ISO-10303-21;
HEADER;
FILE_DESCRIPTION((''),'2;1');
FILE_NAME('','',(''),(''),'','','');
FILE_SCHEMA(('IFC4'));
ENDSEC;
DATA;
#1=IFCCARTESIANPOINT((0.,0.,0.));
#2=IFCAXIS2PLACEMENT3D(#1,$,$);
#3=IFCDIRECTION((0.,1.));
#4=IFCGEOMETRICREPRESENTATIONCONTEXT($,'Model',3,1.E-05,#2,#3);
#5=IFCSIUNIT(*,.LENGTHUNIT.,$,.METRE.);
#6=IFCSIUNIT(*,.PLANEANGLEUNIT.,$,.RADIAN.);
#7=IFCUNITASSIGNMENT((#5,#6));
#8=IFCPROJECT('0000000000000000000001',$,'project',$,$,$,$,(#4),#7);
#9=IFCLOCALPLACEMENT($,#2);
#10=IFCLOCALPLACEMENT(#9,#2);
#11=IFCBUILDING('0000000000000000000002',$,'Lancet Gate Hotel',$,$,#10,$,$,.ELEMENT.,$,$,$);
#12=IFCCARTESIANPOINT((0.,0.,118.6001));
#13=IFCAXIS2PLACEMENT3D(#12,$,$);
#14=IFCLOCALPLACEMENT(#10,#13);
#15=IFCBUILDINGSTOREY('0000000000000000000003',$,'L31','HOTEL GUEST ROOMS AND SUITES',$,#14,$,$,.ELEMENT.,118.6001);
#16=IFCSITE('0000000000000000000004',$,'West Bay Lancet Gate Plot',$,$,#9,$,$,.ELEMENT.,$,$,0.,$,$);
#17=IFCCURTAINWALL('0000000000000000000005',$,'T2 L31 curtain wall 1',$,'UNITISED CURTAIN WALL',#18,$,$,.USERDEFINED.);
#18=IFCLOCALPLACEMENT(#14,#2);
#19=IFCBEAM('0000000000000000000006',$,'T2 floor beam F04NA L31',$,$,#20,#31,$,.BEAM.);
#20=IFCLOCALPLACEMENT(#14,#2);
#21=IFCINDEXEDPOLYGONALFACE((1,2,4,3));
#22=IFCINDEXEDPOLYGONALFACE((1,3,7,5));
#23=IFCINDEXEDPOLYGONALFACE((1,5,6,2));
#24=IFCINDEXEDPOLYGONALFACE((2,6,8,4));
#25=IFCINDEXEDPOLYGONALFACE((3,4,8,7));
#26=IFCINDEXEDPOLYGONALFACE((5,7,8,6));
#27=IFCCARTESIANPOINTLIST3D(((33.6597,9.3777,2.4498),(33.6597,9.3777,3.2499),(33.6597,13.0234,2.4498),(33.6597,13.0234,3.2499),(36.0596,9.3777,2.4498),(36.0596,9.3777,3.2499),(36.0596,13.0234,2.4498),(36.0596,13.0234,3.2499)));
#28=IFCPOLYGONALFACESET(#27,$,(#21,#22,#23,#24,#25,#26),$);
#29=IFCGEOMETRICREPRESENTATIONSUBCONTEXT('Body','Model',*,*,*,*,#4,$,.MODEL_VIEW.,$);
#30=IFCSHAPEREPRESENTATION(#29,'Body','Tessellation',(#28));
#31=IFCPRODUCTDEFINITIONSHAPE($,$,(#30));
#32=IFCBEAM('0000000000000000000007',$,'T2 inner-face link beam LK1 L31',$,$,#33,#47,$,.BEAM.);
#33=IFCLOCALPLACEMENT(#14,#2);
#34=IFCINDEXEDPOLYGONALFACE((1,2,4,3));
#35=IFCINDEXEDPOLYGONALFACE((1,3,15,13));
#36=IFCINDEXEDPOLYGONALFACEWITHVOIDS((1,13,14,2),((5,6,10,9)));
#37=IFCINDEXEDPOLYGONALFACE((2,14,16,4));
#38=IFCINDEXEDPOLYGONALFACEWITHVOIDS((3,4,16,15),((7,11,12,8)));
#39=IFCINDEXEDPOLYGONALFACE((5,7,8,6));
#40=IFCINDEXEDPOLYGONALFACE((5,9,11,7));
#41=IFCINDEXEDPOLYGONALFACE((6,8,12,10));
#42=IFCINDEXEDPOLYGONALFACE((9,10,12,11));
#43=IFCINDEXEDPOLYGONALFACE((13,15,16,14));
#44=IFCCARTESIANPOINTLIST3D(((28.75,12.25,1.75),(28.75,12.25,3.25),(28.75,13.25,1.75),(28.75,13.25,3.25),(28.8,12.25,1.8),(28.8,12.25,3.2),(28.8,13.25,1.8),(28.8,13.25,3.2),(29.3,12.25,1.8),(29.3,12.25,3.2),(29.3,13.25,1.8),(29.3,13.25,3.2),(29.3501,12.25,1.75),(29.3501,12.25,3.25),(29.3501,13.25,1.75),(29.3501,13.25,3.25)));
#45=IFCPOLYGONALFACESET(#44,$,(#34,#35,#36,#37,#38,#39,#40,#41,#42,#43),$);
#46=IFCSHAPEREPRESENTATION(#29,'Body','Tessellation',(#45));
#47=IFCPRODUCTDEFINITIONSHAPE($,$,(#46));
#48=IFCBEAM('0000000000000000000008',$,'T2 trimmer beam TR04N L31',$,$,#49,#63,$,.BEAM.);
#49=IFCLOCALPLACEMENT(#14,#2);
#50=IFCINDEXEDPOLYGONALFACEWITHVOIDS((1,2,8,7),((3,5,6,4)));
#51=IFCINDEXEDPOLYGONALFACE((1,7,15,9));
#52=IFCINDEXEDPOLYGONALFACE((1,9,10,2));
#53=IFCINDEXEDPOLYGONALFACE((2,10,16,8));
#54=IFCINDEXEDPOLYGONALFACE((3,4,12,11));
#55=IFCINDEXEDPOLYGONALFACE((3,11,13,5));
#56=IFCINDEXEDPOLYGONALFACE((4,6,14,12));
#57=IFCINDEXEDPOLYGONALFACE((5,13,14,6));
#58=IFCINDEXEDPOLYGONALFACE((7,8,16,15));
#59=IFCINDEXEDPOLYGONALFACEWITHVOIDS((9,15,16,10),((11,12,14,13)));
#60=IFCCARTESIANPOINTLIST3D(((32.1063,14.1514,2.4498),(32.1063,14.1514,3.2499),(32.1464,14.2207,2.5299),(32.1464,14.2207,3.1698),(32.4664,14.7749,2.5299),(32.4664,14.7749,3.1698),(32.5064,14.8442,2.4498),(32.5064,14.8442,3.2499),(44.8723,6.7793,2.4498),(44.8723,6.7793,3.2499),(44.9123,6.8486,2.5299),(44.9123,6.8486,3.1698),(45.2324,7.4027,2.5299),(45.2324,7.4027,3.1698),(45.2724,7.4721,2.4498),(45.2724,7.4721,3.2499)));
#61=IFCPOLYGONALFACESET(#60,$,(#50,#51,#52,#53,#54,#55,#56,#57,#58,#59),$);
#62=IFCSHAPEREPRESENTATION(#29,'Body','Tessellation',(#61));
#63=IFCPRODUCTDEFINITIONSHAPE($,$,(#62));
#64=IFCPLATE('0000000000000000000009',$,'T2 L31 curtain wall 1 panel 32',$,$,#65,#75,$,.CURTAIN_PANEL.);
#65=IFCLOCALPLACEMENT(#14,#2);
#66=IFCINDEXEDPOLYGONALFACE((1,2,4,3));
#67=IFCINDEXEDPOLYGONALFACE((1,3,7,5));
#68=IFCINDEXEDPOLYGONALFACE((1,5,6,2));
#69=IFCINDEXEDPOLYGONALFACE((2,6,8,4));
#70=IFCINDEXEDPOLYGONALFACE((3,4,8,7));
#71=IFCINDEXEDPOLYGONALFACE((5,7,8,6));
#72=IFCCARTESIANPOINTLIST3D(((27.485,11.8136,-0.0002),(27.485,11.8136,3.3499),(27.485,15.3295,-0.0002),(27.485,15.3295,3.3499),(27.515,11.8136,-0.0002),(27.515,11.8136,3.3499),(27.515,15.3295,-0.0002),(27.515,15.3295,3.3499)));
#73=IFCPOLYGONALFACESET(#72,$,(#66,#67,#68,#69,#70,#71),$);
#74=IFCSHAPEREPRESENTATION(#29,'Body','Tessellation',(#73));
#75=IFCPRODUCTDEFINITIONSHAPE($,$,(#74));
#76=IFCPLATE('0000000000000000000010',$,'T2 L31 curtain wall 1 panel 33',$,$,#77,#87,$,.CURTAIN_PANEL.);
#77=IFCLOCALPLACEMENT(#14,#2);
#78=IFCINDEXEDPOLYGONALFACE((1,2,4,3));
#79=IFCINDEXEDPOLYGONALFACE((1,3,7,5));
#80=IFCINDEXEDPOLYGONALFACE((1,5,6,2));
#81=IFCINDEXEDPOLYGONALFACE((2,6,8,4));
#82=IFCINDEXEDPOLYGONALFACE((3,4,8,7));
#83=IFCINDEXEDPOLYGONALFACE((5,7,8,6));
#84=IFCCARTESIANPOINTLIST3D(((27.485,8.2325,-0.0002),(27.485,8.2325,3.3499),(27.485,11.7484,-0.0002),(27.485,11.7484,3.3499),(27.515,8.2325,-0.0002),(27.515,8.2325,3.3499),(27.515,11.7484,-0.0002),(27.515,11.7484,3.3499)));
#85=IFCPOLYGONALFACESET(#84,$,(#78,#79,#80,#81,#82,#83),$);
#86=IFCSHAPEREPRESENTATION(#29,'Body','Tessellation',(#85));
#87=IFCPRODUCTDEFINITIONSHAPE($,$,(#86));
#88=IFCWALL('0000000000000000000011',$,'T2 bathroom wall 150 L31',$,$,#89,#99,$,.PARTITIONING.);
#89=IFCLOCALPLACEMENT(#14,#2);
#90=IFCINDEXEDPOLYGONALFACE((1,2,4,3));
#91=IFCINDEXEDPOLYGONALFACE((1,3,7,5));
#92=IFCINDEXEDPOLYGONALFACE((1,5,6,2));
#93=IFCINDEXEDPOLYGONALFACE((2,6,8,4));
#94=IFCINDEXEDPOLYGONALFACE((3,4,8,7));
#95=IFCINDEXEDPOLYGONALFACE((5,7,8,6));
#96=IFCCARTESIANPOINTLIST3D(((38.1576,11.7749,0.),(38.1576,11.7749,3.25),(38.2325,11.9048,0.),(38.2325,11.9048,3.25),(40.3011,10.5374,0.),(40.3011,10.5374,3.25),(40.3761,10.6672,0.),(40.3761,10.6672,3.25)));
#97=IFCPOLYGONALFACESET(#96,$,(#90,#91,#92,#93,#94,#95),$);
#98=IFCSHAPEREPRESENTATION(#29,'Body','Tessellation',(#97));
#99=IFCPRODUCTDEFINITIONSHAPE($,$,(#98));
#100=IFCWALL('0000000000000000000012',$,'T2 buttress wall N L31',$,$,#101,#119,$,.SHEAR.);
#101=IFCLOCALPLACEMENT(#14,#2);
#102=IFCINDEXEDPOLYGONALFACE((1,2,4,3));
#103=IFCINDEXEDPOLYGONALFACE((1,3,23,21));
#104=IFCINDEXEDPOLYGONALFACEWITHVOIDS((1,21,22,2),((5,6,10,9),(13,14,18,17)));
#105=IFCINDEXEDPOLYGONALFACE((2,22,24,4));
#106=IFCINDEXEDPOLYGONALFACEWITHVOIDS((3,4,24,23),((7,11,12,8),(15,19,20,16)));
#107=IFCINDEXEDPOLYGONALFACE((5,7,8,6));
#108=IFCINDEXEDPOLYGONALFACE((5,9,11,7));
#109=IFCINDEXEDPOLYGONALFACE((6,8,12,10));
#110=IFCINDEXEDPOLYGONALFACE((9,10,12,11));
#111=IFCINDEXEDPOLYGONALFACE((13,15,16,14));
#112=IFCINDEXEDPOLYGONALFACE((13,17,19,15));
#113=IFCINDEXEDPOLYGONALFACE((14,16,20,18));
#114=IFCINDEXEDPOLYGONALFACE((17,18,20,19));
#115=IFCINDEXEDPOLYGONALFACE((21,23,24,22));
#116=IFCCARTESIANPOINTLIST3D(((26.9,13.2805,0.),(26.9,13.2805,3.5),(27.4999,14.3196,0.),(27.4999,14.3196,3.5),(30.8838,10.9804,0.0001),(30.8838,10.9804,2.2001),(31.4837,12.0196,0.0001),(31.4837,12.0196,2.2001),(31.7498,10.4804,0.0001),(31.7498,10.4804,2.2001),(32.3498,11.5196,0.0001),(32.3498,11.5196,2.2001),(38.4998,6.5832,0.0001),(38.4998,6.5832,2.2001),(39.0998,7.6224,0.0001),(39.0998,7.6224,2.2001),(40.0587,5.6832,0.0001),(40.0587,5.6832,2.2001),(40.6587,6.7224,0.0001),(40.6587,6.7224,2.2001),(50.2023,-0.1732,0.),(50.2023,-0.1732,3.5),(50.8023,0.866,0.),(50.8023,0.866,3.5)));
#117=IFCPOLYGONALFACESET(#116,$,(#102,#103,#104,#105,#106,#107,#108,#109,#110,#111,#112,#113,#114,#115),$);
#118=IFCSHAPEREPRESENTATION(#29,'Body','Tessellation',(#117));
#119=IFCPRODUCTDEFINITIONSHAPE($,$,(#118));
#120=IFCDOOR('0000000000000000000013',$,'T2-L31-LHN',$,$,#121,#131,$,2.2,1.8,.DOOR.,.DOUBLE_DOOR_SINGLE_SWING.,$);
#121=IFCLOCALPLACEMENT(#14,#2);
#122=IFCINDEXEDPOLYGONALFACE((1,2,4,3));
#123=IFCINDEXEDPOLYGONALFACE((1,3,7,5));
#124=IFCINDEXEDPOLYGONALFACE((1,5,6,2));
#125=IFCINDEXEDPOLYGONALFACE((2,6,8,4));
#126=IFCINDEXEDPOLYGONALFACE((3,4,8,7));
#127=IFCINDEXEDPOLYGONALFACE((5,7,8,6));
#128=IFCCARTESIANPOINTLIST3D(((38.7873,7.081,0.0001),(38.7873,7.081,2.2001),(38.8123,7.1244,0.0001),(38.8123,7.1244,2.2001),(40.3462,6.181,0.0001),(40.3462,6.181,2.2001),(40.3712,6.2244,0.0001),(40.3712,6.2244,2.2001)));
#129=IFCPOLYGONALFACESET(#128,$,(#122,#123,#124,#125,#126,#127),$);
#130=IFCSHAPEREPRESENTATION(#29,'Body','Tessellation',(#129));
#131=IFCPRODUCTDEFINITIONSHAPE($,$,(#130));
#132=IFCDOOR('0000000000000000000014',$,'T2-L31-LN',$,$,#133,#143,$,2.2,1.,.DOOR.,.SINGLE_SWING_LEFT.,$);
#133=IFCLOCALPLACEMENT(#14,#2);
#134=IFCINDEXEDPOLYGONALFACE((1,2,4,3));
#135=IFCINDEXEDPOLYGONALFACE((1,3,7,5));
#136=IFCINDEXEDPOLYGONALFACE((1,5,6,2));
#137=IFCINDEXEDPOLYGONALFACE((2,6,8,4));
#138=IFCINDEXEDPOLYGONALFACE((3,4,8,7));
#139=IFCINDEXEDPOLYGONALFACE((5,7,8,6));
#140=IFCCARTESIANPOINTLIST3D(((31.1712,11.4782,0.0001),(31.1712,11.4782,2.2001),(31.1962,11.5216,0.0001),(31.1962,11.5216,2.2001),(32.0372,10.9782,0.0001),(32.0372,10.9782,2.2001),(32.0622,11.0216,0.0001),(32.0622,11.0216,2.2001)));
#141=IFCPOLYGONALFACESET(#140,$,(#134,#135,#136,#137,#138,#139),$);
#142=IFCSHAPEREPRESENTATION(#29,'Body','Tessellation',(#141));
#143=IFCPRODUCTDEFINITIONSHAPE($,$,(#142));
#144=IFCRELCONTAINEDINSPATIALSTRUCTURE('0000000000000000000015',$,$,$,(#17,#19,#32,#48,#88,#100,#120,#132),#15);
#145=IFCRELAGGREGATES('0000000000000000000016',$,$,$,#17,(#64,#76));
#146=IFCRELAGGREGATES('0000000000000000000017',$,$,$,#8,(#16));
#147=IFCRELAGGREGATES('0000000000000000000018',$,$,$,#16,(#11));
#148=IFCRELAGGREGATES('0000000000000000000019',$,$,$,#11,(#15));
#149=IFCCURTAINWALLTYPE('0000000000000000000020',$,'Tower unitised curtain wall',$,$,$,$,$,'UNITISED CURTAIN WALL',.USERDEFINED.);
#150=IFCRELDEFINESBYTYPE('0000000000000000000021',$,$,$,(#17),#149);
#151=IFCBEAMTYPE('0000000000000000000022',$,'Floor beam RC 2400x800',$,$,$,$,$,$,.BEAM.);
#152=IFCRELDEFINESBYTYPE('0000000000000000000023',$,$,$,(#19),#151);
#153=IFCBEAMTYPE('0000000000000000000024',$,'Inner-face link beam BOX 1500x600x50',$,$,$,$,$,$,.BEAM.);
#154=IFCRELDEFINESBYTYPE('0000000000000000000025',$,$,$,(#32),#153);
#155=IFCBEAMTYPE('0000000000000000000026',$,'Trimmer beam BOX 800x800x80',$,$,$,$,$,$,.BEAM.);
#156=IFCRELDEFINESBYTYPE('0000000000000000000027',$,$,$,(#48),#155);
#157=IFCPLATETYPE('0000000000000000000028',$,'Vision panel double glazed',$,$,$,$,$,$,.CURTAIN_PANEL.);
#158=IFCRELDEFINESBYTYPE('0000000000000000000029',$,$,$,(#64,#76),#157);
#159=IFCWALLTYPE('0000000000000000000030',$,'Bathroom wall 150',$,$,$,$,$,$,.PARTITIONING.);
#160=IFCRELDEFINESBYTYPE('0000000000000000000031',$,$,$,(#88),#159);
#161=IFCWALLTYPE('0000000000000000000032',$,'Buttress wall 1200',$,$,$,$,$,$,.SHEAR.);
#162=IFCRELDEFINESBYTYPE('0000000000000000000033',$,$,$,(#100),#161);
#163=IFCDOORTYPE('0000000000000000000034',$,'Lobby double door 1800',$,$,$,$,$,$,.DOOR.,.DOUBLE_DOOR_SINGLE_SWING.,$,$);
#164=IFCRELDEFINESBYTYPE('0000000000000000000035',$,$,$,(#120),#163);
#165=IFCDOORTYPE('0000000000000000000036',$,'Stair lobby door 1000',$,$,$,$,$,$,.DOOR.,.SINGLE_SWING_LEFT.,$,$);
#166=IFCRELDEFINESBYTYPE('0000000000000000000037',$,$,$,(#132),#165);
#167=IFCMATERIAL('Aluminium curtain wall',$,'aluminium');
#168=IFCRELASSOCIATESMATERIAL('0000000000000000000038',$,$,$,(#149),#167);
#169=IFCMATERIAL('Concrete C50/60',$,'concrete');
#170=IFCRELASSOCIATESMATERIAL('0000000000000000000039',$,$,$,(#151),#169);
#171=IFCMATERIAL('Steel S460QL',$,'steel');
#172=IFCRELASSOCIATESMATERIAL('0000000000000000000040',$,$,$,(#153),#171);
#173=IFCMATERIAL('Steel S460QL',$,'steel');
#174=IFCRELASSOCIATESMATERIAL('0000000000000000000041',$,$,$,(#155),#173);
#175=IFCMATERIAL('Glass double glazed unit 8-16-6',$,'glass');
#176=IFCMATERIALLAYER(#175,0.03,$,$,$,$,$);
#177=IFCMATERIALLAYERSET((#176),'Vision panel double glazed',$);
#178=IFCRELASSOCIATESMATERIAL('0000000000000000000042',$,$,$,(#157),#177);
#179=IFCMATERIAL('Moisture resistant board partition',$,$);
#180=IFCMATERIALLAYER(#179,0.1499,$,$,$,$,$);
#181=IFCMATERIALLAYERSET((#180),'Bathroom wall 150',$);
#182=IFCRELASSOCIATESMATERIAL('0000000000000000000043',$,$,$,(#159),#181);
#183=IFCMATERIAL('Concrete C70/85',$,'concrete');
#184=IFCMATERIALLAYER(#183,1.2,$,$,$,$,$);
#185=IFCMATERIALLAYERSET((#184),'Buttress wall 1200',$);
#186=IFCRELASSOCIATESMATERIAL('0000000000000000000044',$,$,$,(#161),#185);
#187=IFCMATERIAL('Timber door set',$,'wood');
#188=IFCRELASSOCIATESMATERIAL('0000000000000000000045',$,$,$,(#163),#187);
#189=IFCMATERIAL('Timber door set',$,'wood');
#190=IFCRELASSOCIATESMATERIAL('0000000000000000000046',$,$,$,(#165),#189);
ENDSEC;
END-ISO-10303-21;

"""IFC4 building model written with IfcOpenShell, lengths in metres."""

from ifc_helpers import new_model, si_unit, direction, frame, frame_2d, origin, origin_2d, place, context, subcontext, project, spatial, rectangle, hollow_rectangle, extrude, material, layer, layer_set, material_profile, profile_set, type_object, element, fill, aggregate, save


model = new_model("IFC4")

# Units and contexts
model_context = context("Model", 3, precision=1e-05, world=origin(), true_north=direction((0.0, 1.0)))
body_context = subcontext(model_context, "Body", "Model", "MODEL_VIEW")
ifc_project = project(units=[si_unit("LENGTHUNIT", "METRE"), si_unit("PLANEANGLEUNIT", "RADIAN")], contexts=[model_context])

# Site, building, storey
site_placement = place(None, origin())
site = spatial("IfcSite", under=ifc_project, at=site_placement, Name="West Bay Lancet Gate Plot", CompositionType="ELEMENT", RefElevation=0.0)
building_placement = place(site_placement, origin())
building = spatial("IfcBuilding", under=site, at=building_placement, Name="Lancet Gate Hotel", CompositionType="ELEMENT")
storey_placement = place(building_placement, frame((0.0, 0.0, 118.6001)))
storey = spatial("IfcBuildingStorey", under=building, at=storey_placement, Name="L31", Description="HOTEL GUEST ROOMS AND SUITES", CompositionType="ELEMENT", Elevation=118.6001)

# Curtain wall
ifc_material_1 = material(Name="Aluminium curtain wall", Category="aluminium")
curtain_wall_type = type_object("IfcCurtainWallType", Name="Tower unitised curtain wall", ElementType="UNITISED CURTAIN WALL", PredefinedType="USERDEFINED", material=ifc_material_1)
curtain_wall_placement = place(storey_placement, origin())
curtain_wall = element("IfcCurtainWall", 1, at=curtain_wall_placement, inside=storey, type_object=curtain_wall_type, Name="T2 L31 curtain wall 1", ObjectType="UNITISED CURTAIN WALL", PredefinedType="USERDEFINED")

# Beams
ifc_material_2 = material(Name="Concrete C50/60", Category="concrete")
ifc_material_profile_1 = material_profile(ifc_material_2, rectangle(XDim=2.3999, YDim=0.8, at=origin_2d()), Name="RC 2400x800")
ifc_profile_set_1 = profile_set([ifc_material_profile_1], Name="Concrete C50/60")
beam_type_1 = type_object("IfcBeamType", Name="Floor beam RC 2400x800", PredefinedType="BEAM", material=ifc_profile_set_1)
beam_1_placement = place(storey_placement, frame((34.8596, 9.3777, 2.8499), z_axis=(0.0, 1.0, 0.0), x_axis=(-1.0, 0.0, 0.0)))
element("IfcBeam", 2, at=beam_1_placement, inside=storey, type_object=beam_type_1, Name="T2 floor beam F04NA L31", PredefinedType="BEAM", context=body_context, shape_type="SweptSolid", body=[
    extrude(rectangle(XDim=2.3999, YDim=0.8, at=origin_2d()), origin(), (0.0, 0.0, 1.0), 3.6458),
])
ifc_material_3 = material(Name="Steel S460QL", Category="steel")
ifc_material_profile_2 = material_profile(ifc_material_3, hollow_rectangle(XDim=0.6001, YDim=1.5, WallThickness=0.05, at=origin_2d()), Name="BOX 1500x600x50")
ifc_profile_set_2 = profile_set([ifc_material_profile_2], Name="Steel S460QL")
beam_type_2 = type_object("IfcBeamType", Name="Inner-face link beam BOX 1500x600x50", PredefinedType="BEAM", material=ifc_profile_set_2)
beam_2_placement = place(storey_placement, frame((29.05, 12.25, 2.5), z_axis=(0.0, 1.0, 0.0), x_axis=(-1.0, 0.0, 0.0)))
element("IfcBeam", 3, at=beam_2_placement, inside=storey, type_object=beam_type_2, Name="T2 inner-face link beam LK1 L31", PredefinedType="BEAM", context=body_context, shape_type="SweptSolid", body=[
    extrude(hollow_rectangle(XDim=0.6001, YDim=1.5, WallThickness=0.05, at=origin_2d()), origin(), (0.0, 0.0, 1.0), 1.0),
])
ifc_material_4 = material(Name="Steel S460QL", Category="steel")
ifc_material_profile_3 = material_profile(ifc_material_4, hollow_rectangle(XDim=0.8, YDim=0.8, WallThickness=0.0801, at=origin_2d()), Name="BOX 800x800x80")
ifc_profile_set_3 = profile_set([ifc_material_profile_3], Name="Steel S460QL")
beam_type_3 = type_object("IfcBeamType", Name="Trimmer beam BOX 800x800x80", PredefinedType="BEAM", material=ifc_profile_set_3)
beam_3_placement = place(storey_placement, frame((32.3064, 14.4978, 2.8499), z_axis=(0.865976, -0.500086, 0.0), x_axis=(0.500086, 0.865976, 0.0)))
element("IfcBeam", 4, at=beam_3_placement, inside=storey, type_object=beam_type_3, Name="T2 trimmer beam TR04N L31", PredefinedType="BEAM", context=body_context, shape_type="SweptSolid", body=[
    extrude(hollow_rectangle(XDim=0.8, YDim=0.8, WallThickness=0.0801, at=origin_2d()), origin(), (0.0, 0.0, 1.0), 14.7417),
])

# Plates
ifc_material_5 = material(Name="Glass double glazed unit 8-16-6", Category="glass")
ifc_layer_1 = layer(ifc_material_5, 0.03)
ifc_layer_set_1 = layer_set([ifc_layer_1], Name="Vision panel double glazed")
plate_type = type_object("IfcPlateType", Name="Vision panel double glazed", PredefinedType="CURTAIN_PANEL", material=ifc_layer_set_1)
plate_1_placement = place(storey_placement, frame((27.5, 13.5715, -0.0002), z_axis=(0.0, 0.0, 1.0), x_axis=(0.0, -1.0, 0.0)))
plate_1 = element("IfcPlate", 5, at=plate_1_placement, type_object=plate_type, Name="T2 L31 curtain wall 1 panel 32", PredefinedType="CURTAIN_PANEL", context=body_context, shape_type="SweptSolid", body=[
    extrude(rectangle(XDim=3.5159, YDim=0.03, at=origin_2d()), origin(), (0.0, 0.0, 1.0), 3.3501),
])
plate_2_placement = place(storey_placement, frame((27.5, 9.9905, -0.0002), z_axis=(0.0, 0.0, 1.0), x_axis=(0.0, -1.0, 0.0)))
plate_2 = element("IfcPlate", 6, at=plate_2_placement, type_object=plate_type, Name="T2 L31 curtain wall 1 panel 33", PredefinedType="CURTAIN_PANEL", context=body_context, shape_type="SweptSolid", body=[
    extrude(rectangle(XDim=3.5159, YDim=0.03, at=origin_2d()), origin(), (0.0, 0.0, 1.0), 3.3501),
])
aggregate(curtain_wall, [plate_1, plate_2])

# Wall
ifc_material_6 = material(Name="Moisture resistant board partition")
ifc_layer_2 = layer(ifc_material_6, 0.1499)
ifc_layer_set_2 = layer_set([ifc_layer_2], Name="Bathroom wall 150")
wall_type_1 = type_object("IfcWallType", Name="Bathroom wall 150", PredefinedType="PARTITIONING", material=ifc_layer_set_2)
wall_1_placement = place(storey_placement, frame((38.1951, 11.8398, 0.0), z_axis=(0.0, 0.0, 1.0), x_axis=(0.866031, -0.49999, 0.0)))
element("IfcWall", 7, at=wall_1_placement, inside=storey, type_object=wall_type_1, Name="T2 bathroom wall 150 L31", PredefinedType="PARTITIONING", context=body_context, shape_type="SweptSolid", body=[
    extrude(rectangle(XDim=2.4751, YDim=0.1499, at=frame_2d((1.2375, 0.0))), origin(), (0.0, 0.0, 1.0), 3.25),
])

# Wall, openings, doors
ifc_material_7 = material(Name="Concrete C70/85", Category="concrete")
ifc_layer_3 = layer(ifc_material_7, 1.2)
ifc_layer_set_3 = layer_set([ifc_layer_3], Name="Buttress wall 1200")
wall_type_2 = type_object("IfcWallType", Name="Buttress wall 1200", PredefinedType="SHEAR", material=ifc_layer_set_3)
wall_2_placement = place(storey_placement, frame((27.2, 13.8, 0.0), z_axis=(0.0, 0.0, 1.0), x_axis=(0.866025, -0.500002, 0.0)))
wall_2 = element("IfcWall", 8, at=wall_2_placement, inside=storey, type_object=wall_type_2, Name="T2 buttress wall N L31", PredefinedType="SHEAR", context=body_context, shape_type="SweptSolid", body=[
    extrude(rectangle(XDim=26.9072, YDim=1.2, at=frame_2d((13.4536, 0.0))), origin(), (0.0, 0.0, 1.0), 3.5),
])
opening_1_placement = place(wall_2_placement, frame((4.6001, 0.0, 0.0)))
opening_1 = element("IfcOpeningElement", 9, at=opening_1_placement, cuts=wall_2, PredefinedType="OPENING", context=body_context, shape_type="SweptSolid", body=[
    extrude(rectangle(XDim=1.0, YDim=2.2, at=frame_2d((0.5, 1.1001))), frame((0.0, 0.6099, 0.0), z_axis=(0.0, -1.0, 0.0), x_axis=(1.0, 0.0, 0.0)), (0.0, 0.0, 1.0), 1.22),
])
opening_2_placement = place(wall_2_placement, frame((13.3945, 0.0, 0.0)))
opening_2 = element("IfcOpeningElement", 10, at=opening_2_placement, cuts=wall_2, PredefinedType="OPENING", context=body_context, shape_type="SweptSolid", body=[
    extrude(rectangle(XDim=1.8, YDim=2.2, at=frame_2d((0.8999, 1.1001))), frame((0.0, 0.6099, 0.0), z_axis=(0.0, -1.0, 0.0), x_axis=(1.0, 0.0, 0.0)), (0.0, 0.0, 1.0), 1.22),
])
ifc_material_8 = material(Name="Timber door set", Category="wood")
door_type_1 = type_object("IfcDoorType", Name="Lobby double door 1800", OperationType="DOUBLE_DOOR_SINGLE_SWING", PredefinedType="DOOR", material=ifc_material_8)
door_1_placement = place(opening_2_placement, origin())
door_1 = element("IfcDoor", 11, at=door_1_placement, inside=storey, type_object=door_type_1, Name="T2-L31-LHN", OperationType="DOUBLE_DOOR_SINGLE_SWING", OverallHeight=2.2, OverallWidth=1.8, PredefinedType="DOOR", context=body_context, shape_type="SweptSolid", body=[
    extrude(rectangle(XDim=1.8, YDim=2.2, at=frame_2d((0.8999, 1.1001))), frame((0.0, 0.0249, 0.0), z_axis=(0.0, -1.0, 0.0), x_axis=(1.0, 0.0, 0.0)), (0.0, 0.0, 1.0), 0.05),
])
fill(opening_2, door_1)
ifc_material_9 = material(Name="Timber door set", Category="wood")
door_type_2 = type_object("IfcDoorType", Name="Stair lobby door 1000", OperationType="SINGLE_SWING_LEFT", PredefinedType="DOOR", material=ifc_material_9)
door_2_placement = place(opening_1_placement, origin())
door_2 = element("IfcDoor", 12, at=door_2_placement, inside=storey, type_object=door_type_2, Name="T2-L31-LN", OperationType="SINGLE_SWING_LEFT", OverallHeight=2.2, OverallWidth=1.0, PredefinedType="DOOR", context=body_context, shape_type="SweptSolid", body=[
    extrude(rectangle(XDim=1.0, YDim=2.2, at=frame_2d((0.5, 1.1001))), frame((0.0, 0.0249, 0.0), z_axis=(0.0, -1.0, 0.0), x_axis=(1.0, 0.0, 0.0)), (0.0, 0.0, 1.0), 0.05),
])
fill(opening_1, door_2)

save(model, "model.ifc")
